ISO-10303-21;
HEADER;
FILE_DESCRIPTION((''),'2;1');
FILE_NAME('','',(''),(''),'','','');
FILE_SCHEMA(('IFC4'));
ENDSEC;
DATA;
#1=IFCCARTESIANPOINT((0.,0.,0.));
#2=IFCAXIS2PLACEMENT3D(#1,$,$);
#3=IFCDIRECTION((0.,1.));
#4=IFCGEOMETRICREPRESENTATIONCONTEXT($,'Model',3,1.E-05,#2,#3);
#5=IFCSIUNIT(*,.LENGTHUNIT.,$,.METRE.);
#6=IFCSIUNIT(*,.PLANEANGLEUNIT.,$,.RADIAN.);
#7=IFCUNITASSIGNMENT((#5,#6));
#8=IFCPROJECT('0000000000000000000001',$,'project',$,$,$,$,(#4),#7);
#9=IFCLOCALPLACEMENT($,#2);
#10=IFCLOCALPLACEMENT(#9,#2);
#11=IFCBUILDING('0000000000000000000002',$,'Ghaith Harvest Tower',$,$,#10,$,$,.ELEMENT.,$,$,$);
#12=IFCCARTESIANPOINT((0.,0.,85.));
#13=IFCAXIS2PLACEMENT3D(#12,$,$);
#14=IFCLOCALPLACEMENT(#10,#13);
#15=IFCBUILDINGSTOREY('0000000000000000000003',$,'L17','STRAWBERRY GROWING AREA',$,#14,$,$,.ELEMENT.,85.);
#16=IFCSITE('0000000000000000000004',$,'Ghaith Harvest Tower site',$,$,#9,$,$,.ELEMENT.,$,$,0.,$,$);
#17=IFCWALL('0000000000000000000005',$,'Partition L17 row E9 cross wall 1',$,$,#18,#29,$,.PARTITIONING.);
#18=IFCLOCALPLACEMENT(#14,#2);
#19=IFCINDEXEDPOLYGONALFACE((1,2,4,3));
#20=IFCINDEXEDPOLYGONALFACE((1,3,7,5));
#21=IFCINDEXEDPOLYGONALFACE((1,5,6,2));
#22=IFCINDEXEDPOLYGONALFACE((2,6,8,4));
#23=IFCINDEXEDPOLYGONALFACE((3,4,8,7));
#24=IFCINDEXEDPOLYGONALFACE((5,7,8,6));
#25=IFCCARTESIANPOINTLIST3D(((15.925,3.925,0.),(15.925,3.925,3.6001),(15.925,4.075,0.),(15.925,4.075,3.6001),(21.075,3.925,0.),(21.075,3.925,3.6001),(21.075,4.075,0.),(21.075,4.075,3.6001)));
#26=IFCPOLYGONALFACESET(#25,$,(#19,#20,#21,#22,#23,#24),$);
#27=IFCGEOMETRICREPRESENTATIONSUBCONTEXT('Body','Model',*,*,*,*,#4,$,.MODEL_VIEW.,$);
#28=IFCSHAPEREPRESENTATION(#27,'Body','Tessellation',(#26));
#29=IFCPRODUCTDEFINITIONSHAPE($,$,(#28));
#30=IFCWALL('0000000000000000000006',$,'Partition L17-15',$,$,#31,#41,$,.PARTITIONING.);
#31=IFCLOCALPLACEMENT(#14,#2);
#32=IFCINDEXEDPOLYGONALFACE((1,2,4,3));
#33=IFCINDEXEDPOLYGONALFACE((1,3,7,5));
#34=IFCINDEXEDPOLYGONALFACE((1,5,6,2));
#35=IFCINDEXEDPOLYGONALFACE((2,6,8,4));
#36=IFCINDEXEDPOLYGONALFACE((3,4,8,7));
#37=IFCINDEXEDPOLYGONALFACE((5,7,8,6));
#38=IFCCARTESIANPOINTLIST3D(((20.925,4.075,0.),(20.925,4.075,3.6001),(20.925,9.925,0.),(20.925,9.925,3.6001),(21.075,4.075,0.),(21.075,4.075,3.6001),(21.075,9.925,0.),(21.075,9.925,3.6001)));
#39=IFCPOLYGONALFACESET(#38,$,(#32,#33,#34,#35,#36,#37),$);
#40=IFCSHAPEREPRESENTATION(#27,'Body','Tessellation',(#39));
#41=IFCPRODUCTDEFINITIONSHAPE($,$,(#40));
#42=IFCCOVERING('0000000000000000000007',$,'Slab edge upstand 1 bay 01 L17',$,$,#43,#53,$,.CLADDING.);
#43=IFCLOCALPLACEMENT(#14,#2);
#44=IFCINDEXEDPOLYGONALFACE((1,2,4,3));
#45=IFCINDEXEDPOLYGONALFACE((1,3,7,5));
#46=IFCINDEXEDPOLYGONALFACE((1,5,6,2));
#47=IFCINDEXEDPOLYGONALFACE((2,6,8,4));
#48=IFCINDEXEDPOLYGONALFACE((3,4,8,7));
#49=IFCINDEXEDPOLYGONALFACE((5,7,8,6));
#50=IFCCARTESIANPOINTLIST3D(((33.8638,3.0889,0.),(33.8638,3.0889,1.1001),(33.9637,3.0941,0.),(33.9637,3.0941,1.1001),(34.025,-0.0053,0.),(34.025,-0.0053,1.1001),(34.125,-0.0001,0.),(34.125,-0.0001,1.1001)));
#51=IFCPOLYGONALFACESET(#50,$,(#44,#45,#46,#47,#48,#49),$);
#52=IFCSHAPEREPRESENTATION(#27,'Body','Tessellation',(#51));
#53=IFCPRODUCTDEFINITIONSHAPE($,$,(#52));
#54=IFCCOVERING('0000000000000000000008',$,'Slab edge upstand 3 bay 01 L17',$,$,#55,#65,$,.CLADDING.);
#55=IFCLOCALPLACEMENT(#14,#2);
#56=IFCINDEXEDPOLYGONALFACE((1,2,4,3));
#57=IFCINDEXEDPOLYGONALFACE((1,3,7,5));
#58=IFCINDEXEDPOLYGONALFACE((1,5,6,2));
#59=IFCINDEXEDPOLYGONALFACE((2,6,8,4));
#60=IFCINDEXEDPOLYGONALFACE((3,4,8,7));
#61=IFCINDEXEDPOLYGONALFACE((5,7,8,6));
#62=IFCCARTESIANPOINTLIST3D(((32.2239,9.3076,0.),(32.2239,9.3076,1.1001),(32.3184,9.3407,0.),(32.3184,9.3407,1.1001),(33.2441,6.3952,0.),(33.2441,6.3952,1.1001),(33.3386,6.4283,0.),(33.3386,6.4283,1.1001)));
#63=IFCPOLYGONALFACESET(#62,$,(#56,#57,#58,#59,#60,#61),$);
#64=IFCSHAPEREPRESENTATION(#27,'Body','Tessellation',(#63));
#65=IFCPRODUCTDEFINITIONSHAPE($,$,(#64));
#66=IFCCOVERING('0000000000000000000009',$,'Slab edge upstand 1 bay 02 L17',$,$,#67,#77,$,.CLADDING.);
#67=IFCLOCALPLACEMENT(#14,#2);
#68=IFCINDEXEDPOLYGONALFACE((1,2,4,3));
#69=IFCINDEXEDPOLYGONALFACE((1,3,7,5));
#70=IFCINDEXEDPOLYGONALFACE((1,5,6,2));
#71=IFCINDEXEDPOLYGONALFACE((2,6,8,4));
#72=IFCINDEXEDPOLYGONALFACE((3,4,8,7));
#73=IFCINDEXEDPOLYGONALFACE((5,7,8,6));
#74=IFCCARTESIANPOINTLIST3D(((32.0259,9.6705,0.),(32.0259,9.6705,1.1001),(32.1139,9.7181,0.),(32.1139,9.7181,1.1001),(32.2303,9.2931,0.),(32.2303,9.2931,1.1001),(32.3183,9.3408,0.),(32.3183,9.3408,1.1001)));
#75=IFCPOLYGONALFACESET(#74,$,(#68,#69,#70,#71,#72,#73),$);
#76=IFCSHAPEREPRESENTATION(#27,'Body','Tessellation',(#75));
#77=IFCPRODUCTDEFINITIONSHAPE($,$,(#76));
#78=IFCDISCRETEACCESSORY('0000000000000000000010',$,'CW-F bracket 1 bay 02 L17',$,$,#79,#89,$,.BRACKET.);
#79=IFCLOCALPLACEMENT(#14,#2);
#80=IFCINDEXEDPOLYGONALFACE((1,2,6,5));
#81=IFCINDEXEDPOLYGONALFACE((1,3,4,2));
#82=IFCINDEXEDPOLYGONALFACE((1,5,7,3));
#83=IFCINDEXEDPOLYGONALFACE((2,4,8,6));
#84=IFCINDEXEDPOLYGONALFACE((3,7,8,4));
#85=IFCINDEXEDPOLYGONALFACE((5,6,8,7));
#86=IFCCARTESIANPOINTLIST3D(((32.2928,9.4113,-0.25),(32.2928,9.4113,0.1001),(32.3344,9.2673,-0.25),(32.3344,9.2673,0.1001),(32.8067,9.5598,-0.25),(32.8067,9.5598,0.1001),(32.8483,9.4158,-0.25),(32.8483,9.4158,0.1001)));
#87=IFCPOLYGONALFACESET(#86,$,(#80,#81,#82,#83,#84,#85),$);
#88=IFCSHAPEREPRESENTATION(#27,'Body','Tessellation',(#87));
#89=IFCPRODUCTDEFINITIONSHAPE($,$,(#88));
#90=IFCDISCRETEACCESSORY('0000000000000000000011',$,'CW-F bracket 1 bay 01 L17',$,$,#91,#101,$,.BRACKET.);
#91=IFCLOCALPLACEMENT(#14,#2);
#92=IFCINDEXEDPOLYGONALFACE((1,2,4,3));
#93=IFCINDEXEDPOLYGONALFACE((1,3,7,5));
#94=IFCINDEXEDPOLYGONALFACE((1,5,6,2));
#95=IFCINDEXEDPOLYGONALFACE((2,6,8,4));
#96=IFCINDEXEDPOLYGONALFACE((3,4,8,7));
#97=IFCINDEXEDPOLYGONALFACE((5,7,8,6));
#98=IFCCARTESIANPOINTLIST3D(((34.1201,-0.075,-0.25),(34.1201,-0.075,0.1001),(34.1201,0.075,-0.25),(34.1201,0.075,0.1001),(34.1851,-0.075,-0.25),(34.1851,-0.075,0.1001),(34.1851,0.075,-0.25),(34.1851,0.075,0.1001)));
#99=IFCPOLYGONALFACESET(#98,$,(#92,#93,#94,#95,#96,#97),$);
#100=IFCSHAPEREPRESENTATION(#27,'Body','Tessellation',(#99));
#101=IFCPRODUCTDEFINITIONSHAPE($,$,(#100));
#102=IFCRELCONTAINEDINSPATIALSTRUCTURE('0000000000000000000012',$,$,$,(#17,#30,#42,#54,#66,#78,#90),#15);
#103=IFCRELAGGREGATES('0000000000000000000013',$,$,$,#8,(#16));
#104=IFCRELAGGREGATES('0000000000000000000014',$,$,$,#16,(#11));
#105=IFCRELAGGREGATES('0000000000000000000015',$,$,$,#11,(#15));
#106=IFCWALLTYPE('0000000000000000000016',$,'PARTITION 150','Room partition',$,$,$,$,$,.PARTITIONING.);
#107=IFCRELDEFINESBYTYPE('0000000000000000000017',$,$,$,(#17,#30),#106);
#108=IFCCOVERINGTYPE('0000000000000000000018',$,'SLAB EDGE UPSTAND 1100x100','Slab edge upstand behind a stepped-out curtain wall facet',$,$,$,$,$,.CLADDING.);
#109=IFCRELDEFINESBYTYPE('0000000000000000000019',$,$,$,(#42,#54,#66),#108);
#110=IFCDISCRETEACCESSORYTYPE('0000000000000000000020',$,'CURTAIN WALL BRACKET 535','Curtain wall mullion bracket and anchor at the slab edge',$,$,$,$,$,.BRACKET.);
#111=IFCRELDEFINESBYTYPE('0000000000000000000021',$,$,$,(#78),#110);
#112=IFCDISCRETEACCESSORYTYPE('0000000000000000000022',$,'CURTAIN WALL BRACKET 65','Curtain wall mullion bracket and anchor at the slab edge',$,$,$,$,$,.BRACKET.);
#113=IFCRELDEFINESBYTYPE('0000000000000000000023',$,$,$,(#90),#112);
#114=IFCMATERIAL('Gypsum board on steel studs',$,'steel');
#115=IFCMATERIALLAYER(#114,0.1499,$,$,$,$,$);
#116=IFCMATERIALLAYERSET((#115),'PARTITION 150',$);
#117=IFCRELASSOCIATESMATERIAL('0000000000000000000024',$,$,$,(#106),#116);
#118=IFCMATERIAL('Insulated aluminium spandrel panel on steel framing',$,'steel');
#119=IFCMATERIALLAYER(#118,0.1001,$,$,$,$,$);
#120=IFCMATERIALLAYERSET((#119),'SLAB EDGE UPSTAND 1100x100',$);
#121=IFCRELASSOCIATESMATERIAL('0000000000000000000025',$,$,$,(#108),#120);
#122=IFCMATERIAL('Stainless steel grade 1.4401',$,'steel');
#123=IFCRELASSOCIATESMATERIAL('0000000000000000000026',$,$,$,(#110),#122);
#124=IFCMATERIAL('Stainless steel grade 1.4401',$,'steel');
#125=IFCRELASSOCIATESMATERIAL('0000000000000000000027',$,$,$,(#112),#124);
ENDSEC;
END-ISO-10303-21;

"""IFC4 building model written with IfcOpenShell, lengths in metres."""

from ifc_helpers import new_model, si_unit, direction, frame, frame_2d, origin, origin_2d, place, context, subcontext, project, spatial, rectangle, extrude, material, layer, layer_set, type_object, element, save


model = new_model("IFC4")

# Units and contexts
model_context = context("Model", 3, precision=1e-05, world=origin(), true_north=direction((0.0, 1.0)))
body_context = subcontext(model_context, "Body", "Model", "MODEL_VIEW")
ifc_project = project(units=[si_unit("LENGTHUNIT", "METRE"), si_unit("PLANEANGLEUNIT", "RADIAN")], contexts=[model_context])

# Site, building, storey
site_placement = place(None, origin())
site = spatial("IfcSite", under=ifc_project, at=site_placement, Name="Ghaith Harvest Tower site", CompositionType="ELEMENT", RefElevation=0.0)
building_placement = place(site_placement, origin())
building = spatial("IfcBuilding", under=site, at=building_placement, Name="Ghaith Harvest Tower", CompositionType="ELEMENT")
storey_placement = place(building_placement, frame((0.0, 0.0, 85.0)))
storey = spatial("IfcBuildingStorey", under=building, at=storey_placement, Name="L17", Description="STRAWBERRY GROWING AREA", CompositionType="ELEMENT", Elevation=85.0)

# Wall
ifc_material_1 = material(Name="Gypsum board on steel studs", Category="steel")
ifc_layer_1 = layer(ifc_material_1, 0.1499)
ifc_layer_set_1 = layer_set([ifc_layer_1], Name="PARTITION 150")
wall_type_1 = type_object("IfcWallType", Name="PARTITION 150", Description="Room partition", PredefinedType="PARTITIONING", material=ifc_layer_set_1)
wall_1_placement = place(storey_placement, frame((15.925, 4.0, 0.0), z_axis=(0.0, 0.0, 1.0), x_axis=(1.0, 0.0, 0.0)))
element("IfcWall", 1, at=wall_1_placement, inside=storey, type_object=wall_type_1, Name="Partition L17 row E9 cross wall 1", PredefinedType="PARTITIONING", context=body_context, shape_type="SweptSolid", body=[
    extrude(rectangle(XDim=5.1499, YDim=0.1499, at=frame_2d((2.575, 0.0))), origin(), (0.0, 0.0, 1.0), 3.6001),
])

# Wall
wall_2_placement = place(storey_placement, frame((21.0, 4.075, 0.0), z_axis=(0.0, 0.0, 1.0), x_axis=(0.0, 1.0, 0.0)))
element("IfcWall", 2, at=wall_2_placement, inside=storey, type_object=wall_type_1, Name="Partition L17-15", PredefinedType="PARTITIONING", context=body_context, shape_type="SweptSolid", body=[
    extrude(rectangle(XDim=5.8501, YDim=0.1499, at=frame_2d((2.925, 0.0))), origin(), (0.0, 0.0, 1.0), 3.6001),
])

# Coverings
ifc_material_2 = material(Name="Insulated aluminium spandrel panel on steel framing", Category="steel")
ifc_layer_2 = layer(ifc_material_2, 0.1001)
ifc_layer_set_2 = layer_set([ifc_layer_2], Name="SLAB EDGE UPSTAND 1100x100")
covering_type = type_object("IfcCoveringType", Name="SLAB EDGE UPSTAND 1100x100", Description="Slab edge upstand behind a stepped-out curtain wall facet", PredefinedType="CLADDING", material=ifc_layer_set_2)
covering_1_placement = place(storey_placement, frame((33.9944, 1.5444, 0.0), z_axis=(0.0, 0.0, 1.0), x_axis=(-0.052049, 0.998645, 0.0)))
element("IfcCovering", 3, at=covering_1_placement, inside=storey, type_object=covering_type, Name="Slab edge upstand 1 bay 01 L17", PredefinedType="CLADDING", context=body_context, shape_type="SweptSolid", body=[
    extrude(rectangle(XDim=3.0984, YDim=0.1001, at=origin_2d()), origin(), (0.0, 0.0, 1.0), 1.1001),
])
covering_2_placement = place(storey_placement, frame((32.7812, 7.8679, 0.0), z_axis=(0.0, 0.0, 1.0), x_axis=(-0.330598, 0.943772, 0.0)))
element("IfcCovering", 4, at=covering_2_placement, inside=storey, type_object=covering_type, Name="Slab edge upstand 3 bay 01 L17", PredefinedType="CLADDING", context=body_context, shape_type="SweptSolid", body=[
    extrude(rectangle(XDim=3.0859, YDim=0.1001, at=origin_2d()), origin(), (0.0, 0.0, 1.0), 1.1001),
])
covering_3_placement = place(storey_placement, frame((32.1721, 9.5056, 0.0), z_axis=(0.0, 0.0, 1.0), x_axis=(-0.476349, 0.879256, 0.0)))
element("IfcCovering", 5, at=covering_3_placement, inside=storey, type_object=covering_type, Name="Slab edge upstand 1 bay 02 L17", PredefinedType="CLADDING", context=body_context, shape_type="SweptSolid", body=[
    extrude(rectangle(XDim=0.4292, YDim=0.1001, at=origin_2d()), origin(), (0.0, 0.0, 1.0), 1.1001),
])

# Discrete accessories
ifc_material_3 = material(Name="Stainless steel grade 1.4401", Category="steel")
discrete_accessory_type_1 = type_object("IfcDiscreteAccessoryType", Name="CURTAIN WALL BRACKET 535", Description="Curtain wall mullion bracket and anchor at the slab edge", PredefinedType="BRACKET", material=ifc_material_3)
discrete_accessory_1_placement = place(storey_placement, frame((32.5706, 9.4136, -0.25), z_axis=(0.0, 0.0, 1.0), x_axis=(0.96068, 0.277657, 0.0)))
element("IfcDiscreteAccessory", 6, at=discrete_accessory_1_placement, inside=storey, type_object=discrete_accessory_type_1, Name="CW-F bracket 1 bay 02 L17", PredefinedType="BRACKET", context=body_context, shape_type="SweptSolid", body=[
    extrude(rectangle(XDim=0.5349, YDim=0.1499, at=origin_2d()), origin(), (0.0, 0.0, 1.0), 0.3501),
])
ifc_material_4 = material(Name="Stainless steel grade 1.4401", Category="steel")
discrete_accessory_type_2 = type_object("IfcDiscreteAccessoryType", Name="CURTAIN WALL BRACKET 65", Description="Curtain wall mullion bracket and anchor at the slab edge", PredefinedType="BRACKET", material=ifc_material_4)
discrete_accessory_2_placement = place(storey_placement, frame((34.1526, 0.0, -0.25), z_axis=(0.0, 0.0, 1.0), x_axis=(1.0, 0.0, 0.0)))
element("IfcDiscreteAccessory", 7, at=discrete_accessory_2_placement, inside=storey, type_object=discrete_accessory_type_2, Name="CW-F bracket 1 bay 01 L17", PredefinedType="BRACKET", context=body_context, shape_type="SweptSolid", body=[
    extrude(rectangle(XDim=0.0649, YDim=0.1499, at=origin_2d()), origin(), (0.0, 0.0, 1.0), 0.3501),
])

save(model, "model.ifc")
